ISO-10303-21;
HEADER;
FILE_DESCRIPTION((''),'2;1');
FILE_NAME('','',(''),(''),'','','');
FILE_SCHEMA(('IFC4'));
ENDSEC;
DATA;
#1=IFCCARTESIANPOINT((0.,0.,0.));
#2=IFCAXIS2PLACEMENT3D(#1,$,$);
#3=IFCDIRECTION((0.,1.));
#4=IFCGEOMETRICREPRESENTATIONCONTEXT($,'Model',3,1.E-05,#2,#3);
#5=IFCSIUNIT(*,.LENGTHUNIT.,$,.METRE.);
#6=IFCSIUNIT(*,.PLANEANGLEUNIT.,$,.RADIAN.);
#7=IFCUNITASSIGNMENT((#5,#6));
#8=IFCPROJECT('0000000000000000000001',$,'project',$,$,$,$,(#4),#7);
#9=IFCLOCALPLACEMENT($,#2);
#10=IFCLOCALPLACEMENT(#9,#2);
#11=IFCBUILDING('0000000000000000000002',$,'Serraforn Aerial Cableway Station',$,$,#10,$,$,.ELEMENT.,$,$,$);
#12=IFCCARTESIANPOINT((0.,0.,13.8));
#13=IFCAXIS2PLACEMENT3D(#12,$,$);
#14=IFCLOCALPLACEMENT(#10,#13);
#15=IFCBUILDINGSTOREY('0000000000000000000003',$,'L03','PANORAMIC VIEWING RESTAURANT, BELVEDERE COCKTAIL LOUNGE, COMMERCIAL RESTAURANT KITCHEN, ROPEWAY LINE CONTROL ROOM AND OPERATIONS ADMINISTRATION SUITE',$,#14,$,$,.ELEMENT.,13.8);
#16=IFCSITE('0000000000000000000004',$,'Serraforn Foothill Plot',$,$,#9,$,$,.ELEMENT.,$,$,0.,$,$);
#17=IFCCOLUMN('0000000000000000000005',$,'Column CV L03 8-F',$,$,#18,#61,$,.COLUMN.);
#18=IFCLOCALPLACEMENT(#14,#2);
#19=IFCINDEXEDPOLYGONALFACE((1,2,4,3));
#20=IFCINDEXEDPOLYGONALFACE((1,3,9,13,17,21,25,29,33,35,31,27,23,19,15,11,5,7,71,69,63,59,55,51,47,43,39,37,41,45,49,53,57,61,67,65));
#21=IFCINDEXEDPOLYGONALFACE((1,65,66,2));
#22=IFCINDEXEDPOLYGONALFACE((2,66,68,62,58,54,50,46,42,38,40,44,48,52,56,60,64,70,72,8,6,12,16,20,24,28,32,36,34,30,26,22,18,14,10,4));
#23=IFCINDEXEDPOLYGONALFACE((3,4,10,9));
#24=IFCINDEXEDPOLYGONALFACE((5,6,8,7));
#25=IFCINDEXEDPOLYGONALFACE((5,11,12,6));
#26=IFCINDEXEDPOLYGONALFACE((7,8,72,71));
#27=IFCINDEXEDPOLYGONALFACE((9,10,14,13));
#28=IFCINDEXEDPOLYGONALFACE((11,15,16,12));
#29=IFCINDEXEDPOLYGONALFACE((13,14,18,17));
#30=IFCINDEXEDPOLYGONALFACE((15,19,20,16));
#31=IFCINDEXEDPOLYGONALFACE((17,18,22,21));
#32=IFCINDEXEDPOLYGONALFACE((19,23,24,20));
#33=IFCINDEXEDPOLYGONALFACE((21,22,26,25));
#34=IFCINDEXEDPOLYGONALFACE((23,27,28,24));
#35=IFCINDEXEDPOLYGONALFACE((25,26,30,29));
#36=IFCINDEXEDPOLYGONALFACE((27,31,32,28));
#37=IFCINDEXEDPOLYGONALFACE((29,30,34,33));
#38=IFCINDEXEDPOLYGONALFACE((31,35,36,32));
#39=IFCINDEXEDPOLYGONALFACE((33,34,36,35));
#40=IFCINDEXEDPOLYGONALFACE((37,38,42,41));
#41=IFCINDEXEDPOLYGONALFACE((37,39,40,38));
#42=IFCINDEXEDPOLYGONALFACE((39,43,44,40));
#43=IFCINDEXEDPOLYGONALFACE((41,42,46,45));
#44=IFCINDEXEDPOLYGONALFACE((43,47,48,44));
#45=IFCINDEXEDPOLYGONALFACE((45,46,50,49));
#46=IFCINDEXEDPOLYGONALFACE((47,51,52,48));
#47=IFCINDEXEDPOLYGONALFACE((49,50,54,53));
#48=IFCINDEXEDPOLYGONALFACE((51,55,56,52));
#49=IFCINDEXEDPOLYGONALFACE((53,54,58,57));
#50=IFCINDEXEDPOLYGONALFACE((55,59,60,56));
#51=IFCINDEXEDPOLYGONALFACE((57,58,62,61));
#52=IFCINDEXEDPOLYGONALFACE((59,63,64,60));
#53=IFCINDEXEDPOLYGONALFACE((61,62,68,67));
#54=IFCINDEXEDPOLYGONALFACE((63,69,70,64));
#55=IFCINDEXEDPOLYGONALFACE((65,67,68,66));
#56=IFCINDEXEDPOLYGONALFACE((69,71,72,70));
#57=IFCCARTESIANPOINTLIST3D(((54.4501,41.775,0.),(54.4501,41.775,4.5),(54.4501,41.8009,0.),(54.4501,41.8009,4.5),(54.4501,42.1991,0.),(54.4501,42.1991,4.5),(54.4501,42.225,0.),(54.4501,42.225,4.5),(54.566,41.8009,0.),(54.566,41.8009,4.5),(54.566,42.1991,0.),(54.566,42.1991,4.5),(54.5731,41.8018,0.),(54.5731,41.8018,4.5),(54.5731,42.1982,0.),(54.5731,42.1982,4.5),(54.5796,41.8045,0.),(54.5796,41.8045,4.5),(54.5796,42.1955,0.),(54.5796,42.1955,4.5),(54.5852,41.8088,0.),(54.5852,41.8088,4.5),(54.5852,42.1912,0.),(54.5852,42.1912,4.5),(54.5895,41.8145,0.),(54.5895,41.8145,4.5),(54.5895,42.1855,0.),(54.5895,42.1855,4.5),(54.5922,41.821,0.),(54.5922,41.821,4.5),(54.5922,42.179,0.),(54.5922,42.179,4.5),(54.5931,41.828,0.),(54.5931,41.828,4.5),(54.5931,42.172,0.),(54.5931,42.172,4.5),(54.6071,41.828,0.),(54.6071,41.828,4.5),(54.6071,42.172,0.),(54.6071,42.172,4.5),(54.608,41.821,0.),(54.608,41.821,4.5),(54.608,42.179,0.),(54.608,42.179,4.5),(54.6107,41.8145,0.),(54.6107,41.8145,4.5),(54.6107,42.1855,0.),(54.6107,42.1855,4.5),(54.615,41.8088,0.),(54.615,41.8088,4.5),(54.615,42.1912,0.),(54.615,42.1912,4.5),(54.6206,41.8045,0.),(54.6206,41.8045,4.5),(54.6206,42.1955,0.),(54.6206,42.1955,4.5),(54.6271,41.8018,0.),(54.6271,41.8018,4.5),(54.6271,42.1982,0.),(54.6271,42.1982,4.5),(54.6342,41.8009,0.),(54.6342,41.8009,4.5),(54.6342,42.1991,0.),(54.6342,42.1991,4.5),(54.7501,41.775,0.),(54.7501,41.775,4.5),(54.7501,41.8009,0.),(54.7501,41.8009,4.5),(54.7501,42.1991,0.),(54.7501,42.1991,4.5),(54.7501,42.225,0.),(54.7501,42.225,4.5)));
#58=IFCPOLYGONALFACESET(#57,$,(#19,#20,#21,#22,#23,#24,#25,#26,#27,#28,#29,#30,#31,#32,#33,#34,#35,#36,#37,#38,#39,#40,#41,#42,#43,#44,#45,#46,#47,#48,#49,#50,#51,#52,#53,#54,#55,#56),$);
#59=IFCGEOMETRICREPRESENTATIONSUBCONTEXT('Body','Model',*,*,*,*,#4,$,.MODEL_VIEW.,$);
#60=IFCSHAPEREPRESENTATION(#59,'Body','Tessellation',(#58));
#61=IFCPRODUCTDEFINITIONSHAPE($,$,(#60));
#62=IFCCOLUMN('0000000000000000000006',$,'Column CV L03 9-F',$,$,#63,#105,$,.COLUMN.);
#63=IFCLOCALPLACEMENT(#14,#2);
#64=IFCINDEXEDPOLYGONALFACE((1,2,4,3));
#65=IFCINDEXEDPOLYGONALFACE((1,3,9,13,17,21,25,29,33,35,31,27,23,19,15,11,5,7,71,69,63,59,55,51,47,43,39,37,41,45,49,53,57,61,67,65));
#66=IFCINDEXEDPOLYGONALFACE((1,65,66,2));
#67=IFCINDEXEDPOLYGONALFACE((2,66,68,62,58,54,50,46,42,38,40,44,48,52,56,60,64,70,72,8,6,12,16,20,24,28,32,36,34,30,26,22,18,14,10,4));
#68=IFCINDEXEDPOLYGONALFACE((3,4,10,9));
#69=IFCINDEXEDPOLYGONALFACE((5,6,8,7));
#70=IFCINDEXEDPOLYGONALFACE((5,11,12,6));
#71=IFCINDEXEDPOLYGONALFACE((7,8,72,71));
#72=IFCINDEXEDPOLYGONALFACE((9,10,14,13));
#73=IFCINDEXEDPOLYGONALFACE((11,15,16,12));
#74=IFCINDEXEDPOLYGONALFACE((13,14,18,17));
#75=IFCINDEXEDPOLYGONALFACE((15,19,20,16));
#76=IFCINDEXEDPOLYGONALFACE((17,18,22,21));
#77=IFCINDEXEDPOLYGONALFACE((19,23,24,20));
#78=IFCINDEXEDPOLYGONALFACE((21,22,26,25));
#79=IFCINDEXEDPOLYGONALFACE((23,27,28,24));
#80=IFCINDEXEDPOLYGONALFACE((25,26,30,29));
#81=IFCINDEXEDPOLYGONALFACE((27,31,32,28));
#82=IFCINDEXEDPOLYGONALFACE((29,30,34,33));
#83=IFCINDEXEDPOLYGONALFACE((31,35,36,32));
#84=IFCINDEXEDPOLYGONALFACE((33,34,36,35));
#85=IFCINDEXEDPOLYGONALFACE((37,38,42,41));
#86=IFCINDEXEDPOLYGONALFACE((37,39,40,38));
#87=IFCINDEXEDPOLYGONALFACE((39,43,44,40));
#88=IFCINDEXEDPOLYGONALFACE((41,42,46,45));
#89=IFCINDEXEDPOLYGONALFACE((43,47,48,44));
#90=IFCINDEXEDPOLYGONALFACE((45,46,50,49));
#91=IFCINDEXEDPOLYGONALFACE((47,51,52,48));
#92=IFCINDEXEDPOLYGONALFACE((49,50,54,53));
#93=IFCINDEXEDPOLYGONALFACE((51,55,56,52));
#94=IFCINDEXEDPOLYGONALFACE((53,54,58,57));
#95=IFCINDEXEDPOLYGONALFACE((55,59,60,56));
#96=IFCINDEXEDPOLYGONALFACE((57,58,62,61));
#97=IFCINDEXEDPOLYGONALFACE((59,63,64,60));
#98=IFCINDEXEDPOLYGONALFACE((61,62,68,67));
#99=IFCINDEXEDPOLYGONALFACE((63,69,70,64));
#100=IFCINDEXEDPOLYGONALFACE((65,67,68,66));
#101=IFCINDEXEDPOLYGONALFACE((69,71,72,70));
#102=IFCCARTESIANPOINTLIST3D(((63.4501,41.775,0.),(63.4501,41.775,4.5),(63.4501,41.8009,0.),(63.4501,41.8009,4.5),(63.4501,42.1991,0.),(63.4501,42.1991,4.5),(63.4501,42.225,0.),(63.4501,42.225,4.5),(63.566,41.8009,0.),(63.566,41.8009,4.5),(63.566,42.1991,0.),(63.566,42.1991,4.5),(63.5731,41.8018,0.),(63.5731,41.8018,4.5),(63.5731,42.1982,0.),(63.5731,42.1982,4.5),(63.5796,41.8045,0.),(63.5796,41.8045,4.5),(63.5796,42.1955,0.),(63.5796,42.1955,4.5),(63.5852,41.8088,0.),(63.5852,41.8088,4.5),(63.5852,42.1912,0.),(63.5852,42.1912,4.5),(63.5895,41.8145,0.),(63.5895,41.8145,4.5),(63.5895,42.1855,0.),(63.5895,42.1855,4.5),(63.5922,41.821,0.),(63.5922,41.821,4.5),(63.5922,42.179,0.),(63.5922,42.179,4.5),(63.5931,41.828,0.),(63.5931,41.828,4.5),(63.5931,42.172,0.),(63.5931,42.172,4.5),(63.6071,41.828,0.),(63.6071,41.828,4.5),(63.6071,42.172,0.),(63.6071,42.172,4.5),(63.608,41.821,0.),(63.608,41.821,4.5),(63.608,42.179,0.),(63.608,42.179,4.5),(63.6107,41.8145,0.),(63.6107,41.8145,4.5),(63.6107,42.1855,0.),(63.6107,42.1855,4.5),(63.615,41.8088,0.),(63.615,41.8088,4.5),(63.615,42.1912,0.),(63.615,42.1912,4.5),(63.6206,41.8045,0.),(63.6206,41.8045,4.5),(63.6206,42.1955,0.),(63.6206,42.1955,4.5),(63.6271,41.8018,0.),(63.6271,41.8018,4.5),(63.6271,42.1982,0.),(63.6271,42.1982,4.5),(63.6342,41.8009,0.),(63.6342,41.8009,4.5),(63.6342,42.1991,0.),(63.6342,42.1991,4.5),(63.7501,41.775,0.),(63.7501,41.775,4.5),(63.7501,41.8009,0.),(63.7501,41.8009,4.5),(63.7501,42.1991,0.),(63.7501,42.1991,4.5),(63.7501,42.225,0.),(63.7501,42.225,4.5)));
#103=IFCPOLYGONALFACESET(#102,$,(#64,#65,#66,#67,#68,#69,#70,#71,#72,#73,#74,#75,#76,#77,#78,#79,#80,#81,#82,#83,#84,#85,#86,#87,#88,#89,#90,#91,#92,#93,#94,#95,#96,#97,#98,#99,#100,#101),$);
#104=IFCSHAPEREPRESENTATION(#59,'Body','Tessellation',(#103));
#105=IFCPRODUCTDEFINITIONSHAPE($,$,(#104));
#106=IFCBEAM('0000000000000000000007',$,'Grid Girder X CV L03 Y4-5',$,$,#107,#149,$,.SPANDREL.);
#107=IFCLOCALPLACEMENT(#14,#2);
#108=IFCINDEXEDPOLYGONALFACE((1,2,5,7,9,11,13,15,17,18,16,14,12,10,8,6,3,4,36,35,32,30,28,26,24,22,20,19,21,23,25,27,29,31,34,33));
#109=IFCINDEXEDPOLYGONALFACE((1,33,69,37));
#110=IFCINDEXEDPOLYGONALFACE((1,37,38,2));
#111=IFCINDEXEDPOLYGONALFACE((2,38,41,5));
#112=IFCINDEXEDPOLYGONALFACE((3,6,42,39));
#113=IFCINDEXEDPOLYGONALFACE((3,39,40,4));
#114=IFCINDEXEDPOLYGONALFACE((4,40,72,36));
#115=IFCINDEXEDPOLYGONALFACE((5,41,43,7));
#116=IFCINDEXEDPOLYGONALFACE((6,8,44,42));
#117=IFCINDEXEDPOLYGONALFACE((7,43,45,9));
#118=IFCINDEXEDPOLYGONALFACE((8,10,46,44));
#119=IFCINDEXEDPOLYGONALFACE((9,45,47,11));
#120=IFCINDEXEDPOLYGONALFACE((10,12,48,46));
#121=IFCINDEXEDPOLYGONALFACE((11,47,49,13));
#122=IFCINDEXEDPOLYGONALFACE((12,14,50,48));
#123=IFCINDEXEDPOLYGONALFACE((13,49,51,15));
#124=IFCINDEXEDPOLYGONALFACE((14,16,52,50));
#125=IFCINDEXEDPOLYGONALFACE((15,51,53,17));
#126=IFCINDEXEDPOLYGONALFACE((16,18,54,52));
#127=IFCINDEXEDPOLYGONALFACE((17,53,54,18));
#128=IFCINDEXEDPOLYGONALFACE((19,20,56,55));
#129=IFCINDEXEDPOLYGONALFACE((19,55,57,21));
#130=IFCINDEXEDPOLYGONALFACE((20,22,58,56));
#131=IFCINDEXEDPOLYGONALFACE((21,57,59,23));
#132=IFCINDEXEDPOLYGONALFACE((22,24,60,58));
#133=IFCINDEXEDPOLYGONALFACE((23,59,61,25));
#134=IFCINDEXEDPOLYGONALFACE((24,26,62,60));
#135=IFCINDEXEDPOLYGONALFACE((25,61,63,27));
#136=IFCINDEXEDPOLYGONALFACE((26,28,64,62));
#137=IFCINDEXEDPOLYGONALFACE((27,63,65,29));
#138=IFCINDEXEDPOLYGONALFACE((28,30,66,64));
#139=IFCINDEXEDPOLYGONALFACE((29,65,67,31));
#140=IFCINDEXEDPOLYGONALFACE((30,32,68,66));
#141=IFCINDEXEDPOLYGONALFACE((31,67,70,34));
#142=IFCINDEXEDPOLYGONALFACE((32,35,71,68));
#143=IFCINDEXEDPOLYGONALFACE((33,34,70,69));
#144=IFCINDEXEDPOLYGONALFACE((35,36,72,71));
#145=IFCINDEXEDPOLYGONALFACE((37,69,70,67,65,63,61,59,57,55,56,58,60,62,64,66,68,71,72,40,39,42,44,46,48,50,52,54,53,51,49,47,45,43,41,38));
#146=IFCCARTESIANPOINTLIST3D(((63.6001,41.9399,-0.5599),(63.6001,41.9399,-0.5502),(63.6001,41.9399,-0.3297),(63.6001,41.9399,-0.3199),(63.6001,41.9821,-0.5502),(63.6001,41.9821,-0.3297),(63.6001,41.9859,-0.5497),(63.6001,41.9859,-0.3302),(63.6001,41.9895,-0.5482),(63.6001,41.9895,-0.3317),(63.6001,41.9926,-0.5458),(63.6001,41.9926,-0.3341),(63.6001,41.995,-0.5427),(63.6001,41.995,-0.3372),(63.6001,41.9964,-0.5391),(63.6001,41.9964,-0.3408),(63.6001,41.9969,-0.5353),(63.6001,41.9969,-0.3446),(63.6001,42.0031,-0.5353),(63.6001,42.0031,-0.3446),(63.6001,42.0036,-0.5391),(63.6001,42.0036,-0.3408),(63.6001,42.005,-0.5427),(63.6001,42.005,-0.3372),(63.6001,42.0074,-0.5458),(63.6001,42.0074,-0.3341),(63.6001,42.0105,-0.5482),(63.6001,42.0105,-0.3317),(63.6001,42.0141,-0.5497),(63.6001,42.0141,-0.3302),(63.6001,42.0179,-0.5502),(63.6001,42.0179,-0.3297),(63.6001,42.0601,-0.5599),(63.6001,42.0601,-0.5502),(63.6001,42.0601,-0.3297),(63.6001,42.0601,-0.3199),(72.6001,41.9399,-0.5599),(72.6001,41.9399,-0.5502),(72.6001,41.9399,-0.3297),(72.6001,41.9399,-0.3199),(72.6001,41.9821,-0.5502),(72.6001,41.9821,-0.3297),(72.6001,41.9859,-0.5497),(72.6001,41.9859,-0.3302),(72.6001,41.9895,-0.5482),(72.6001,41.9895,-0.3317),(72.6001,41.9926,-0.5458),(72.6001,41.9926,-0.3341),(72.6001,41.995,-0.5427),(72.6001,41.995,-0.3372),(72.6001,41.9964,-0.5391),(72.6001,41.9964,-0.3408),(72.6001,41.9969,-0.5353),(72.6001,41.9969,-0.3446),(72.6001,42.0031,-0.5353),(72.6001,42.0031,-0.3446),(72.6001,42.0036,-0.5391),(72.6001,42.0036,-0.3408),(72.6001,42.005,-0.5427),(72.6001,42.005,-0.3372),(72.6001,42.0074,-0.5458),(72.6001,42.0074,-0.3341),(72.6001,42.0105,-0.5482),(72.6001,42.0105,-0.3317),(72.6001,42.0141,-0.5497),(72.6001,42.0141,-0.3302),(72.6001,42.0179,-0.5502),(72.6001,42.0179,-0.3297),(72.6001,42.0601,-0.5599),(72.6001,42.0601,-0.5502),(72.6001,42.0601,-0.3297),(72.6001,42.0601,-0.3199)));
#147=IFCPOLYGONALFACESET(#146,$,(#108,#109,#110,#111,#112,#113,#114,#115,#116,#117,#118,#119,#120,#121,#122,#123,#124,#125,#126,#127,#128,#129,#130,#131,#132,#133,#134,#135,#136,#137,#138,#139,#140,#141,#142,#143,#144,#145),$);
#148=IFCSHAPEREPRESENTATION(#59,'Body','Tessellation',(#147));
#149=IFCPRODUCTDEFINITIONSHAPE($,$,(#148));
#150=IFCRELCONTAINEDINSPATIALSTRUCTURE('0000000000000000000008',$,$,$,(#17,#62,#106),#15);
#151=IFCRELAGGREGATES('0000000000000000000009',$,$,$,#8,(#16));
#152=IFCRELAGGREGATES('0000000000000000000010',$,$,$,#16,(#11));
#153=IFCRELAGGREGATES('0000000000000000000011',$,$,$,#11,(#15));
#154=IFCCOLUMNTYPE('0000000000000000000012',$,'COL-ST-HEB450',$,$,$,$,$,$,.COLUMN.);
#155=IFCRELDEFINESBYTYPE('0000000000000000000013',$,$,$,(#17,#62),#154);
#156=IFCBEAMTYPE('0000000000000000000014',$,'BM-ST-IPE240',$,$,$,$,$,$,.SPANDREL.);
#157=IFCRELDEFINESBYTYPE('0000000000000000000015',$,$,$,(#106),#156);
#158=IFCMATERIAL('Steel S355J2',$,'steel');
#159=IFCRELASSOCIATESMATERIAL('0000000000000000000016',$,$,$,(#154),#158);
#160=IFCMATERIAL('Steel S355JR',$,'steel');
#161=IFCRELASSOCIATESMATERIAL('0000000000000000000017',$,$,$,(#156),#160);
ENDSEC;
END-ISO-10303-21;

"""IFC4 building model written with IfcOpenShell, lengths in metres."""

from ifc_helpers import new_model, si_unit, direction, frame, origin, origin_2d, place, context, subcontext, project, spatial, i_section, extrude, material, material_profile, profile_set, type_object, element, save


model = new_model("IFC4")

# Units and contexts
model_context = context("Model", 3, precision=1e-05, world=origin(), true_north=direction((0.0, 1.0)))
body_context = subcontext(model_context, "Body", "Model", "MODEL_VIEW")
ifc_project = project(units=[si_unit("LENGTHUNIT", "METRE"), si_unit("PLANEANGLEUNIT", "RADIAN")], contexts=[model_context])

# Site, building, storey
site_placement = place(None, origin())
site = spatial("IfcSite", under=ifc_project, at=site_placement, Name="Serraforn Foothill Plot", CompositionType="ELEMENT", RefElevation=0.0)
building_placement = place(site_placement, origin())
building = spatial("IfcBuilding", under=site, at=building_placement, Name="Serraforn Aerial Cableway Station", CompositionType="ELEMENT")
storey_placement = place(building_placement, frame((0.0, 0.0, 13.8)))
storey = spatial("IfcBuildingStorey", under=building, at=storey_placement, Name="L03", Description="PANORAMIC VIEWING RESTAURANT, BELVEDERE COCKTAIL LOUNGE, COMMERCIAL RESTAURANT KITCHEN, ROPEWAY LINE CONTROL ROOM AND OPERATIONS ADMINISTRATION SUITE", CompositionType="ELEMENT", Elevation=13.8)

# Columns
ifc_material_1 = material(Name="Steel S355J2", Category="steel")
ifc_material_profile_1 = material_profile(ifc_material_1, i_section(OverallWidth=0.3, OverallDepth=0.45, WebThickness=0.0139, FlangeThickness=0.0259, FilletRadius=0.0271, at=origin_2d()), Name="HEB 450")
ifc_profile_set_1 = profile_set([ifc_material_profile_1], Name="Steel S355J2")
column_type = type_object("IfcColumnType", Name="COL-ST-HEB450", PredefinedType="COLUMN", material=ifc_profile_set_1)
for number, where, z_axis, x_axis, name in (
    (1, (54.6001, 42.0, 0.0), (0.0, 0.0, 1.0), (1.0, 0.0, 0.0), "Column CV L03 8-F"),
    (2, (63.6001, 42.0, 0.0), (0.0, 0.0, 1.0), (1.0, 0.0, 0.0), "Column CV L03 9-F"),
):
    element("IfcColumn", number, at=place(storey_placement, frame(where, z_axis=z_axis, x_axis=x_axis)), inside=storey, type_object=column_type, Name=name, PredefinedType="COLUMN", context=body_context, shape_type="SweptSolid", body=[
        extrude(i_section(OverallWidth=0.3, OverallDepth=0.45, WebThickness=0.0139, FlangeThickness=0.0259, FilletRadius=0.0271, at=origin_2d()), origin(), (0.0, 0.0, 1.0), 4.5),
    ])

# Beam
ifc_material_2 = material(Name="Steel S355JR", Category="steel")
ifc_material_profile_2 = material_profile(ifc_material_2, i_section(OverallWidth=0.1201, OverallDepth=0.24, WebThickness=0.0061, FlangeThickness=0.0098, FilletRadius=0.0149, at=origin_2d()), Name="IPE 240")
ifc_profile_set_2 = profile_set([ifc_material_profile_2], Name="Steel S355JR")
beam_type_1 = type_object("IfcBeamType", Name="BM-ST-IPE240", PredefinedType="SPANDREL", material=ifc_profile_set_2)
beam_1_placement = place(storey_placement, frame((63.6001, 42.0, -0.4399), z_axis=(1.0, 0.0, 0.0), x_axis=(0.0, 1.0, 0.0)))
element("IfcBeam", 3, at=beam_1_placement, inside=storey, type_object=beam_type_1, Name="Grid Girder X CV L03 Y4-5", PredefinedType="SPANDREL", context=body_context, shape_type="SweptSolid", body=[
    extrude(i_section(OverallWidth=0.1201, OverallDepth=0.24, WebThickness=0.0061, FlangeThickness=0.0098, FilletRadius=0.0149, at=origin_2d()), origin(), (0.0, 0.0, 1.0), 9.0),
])

save(model, "model.ifc")
